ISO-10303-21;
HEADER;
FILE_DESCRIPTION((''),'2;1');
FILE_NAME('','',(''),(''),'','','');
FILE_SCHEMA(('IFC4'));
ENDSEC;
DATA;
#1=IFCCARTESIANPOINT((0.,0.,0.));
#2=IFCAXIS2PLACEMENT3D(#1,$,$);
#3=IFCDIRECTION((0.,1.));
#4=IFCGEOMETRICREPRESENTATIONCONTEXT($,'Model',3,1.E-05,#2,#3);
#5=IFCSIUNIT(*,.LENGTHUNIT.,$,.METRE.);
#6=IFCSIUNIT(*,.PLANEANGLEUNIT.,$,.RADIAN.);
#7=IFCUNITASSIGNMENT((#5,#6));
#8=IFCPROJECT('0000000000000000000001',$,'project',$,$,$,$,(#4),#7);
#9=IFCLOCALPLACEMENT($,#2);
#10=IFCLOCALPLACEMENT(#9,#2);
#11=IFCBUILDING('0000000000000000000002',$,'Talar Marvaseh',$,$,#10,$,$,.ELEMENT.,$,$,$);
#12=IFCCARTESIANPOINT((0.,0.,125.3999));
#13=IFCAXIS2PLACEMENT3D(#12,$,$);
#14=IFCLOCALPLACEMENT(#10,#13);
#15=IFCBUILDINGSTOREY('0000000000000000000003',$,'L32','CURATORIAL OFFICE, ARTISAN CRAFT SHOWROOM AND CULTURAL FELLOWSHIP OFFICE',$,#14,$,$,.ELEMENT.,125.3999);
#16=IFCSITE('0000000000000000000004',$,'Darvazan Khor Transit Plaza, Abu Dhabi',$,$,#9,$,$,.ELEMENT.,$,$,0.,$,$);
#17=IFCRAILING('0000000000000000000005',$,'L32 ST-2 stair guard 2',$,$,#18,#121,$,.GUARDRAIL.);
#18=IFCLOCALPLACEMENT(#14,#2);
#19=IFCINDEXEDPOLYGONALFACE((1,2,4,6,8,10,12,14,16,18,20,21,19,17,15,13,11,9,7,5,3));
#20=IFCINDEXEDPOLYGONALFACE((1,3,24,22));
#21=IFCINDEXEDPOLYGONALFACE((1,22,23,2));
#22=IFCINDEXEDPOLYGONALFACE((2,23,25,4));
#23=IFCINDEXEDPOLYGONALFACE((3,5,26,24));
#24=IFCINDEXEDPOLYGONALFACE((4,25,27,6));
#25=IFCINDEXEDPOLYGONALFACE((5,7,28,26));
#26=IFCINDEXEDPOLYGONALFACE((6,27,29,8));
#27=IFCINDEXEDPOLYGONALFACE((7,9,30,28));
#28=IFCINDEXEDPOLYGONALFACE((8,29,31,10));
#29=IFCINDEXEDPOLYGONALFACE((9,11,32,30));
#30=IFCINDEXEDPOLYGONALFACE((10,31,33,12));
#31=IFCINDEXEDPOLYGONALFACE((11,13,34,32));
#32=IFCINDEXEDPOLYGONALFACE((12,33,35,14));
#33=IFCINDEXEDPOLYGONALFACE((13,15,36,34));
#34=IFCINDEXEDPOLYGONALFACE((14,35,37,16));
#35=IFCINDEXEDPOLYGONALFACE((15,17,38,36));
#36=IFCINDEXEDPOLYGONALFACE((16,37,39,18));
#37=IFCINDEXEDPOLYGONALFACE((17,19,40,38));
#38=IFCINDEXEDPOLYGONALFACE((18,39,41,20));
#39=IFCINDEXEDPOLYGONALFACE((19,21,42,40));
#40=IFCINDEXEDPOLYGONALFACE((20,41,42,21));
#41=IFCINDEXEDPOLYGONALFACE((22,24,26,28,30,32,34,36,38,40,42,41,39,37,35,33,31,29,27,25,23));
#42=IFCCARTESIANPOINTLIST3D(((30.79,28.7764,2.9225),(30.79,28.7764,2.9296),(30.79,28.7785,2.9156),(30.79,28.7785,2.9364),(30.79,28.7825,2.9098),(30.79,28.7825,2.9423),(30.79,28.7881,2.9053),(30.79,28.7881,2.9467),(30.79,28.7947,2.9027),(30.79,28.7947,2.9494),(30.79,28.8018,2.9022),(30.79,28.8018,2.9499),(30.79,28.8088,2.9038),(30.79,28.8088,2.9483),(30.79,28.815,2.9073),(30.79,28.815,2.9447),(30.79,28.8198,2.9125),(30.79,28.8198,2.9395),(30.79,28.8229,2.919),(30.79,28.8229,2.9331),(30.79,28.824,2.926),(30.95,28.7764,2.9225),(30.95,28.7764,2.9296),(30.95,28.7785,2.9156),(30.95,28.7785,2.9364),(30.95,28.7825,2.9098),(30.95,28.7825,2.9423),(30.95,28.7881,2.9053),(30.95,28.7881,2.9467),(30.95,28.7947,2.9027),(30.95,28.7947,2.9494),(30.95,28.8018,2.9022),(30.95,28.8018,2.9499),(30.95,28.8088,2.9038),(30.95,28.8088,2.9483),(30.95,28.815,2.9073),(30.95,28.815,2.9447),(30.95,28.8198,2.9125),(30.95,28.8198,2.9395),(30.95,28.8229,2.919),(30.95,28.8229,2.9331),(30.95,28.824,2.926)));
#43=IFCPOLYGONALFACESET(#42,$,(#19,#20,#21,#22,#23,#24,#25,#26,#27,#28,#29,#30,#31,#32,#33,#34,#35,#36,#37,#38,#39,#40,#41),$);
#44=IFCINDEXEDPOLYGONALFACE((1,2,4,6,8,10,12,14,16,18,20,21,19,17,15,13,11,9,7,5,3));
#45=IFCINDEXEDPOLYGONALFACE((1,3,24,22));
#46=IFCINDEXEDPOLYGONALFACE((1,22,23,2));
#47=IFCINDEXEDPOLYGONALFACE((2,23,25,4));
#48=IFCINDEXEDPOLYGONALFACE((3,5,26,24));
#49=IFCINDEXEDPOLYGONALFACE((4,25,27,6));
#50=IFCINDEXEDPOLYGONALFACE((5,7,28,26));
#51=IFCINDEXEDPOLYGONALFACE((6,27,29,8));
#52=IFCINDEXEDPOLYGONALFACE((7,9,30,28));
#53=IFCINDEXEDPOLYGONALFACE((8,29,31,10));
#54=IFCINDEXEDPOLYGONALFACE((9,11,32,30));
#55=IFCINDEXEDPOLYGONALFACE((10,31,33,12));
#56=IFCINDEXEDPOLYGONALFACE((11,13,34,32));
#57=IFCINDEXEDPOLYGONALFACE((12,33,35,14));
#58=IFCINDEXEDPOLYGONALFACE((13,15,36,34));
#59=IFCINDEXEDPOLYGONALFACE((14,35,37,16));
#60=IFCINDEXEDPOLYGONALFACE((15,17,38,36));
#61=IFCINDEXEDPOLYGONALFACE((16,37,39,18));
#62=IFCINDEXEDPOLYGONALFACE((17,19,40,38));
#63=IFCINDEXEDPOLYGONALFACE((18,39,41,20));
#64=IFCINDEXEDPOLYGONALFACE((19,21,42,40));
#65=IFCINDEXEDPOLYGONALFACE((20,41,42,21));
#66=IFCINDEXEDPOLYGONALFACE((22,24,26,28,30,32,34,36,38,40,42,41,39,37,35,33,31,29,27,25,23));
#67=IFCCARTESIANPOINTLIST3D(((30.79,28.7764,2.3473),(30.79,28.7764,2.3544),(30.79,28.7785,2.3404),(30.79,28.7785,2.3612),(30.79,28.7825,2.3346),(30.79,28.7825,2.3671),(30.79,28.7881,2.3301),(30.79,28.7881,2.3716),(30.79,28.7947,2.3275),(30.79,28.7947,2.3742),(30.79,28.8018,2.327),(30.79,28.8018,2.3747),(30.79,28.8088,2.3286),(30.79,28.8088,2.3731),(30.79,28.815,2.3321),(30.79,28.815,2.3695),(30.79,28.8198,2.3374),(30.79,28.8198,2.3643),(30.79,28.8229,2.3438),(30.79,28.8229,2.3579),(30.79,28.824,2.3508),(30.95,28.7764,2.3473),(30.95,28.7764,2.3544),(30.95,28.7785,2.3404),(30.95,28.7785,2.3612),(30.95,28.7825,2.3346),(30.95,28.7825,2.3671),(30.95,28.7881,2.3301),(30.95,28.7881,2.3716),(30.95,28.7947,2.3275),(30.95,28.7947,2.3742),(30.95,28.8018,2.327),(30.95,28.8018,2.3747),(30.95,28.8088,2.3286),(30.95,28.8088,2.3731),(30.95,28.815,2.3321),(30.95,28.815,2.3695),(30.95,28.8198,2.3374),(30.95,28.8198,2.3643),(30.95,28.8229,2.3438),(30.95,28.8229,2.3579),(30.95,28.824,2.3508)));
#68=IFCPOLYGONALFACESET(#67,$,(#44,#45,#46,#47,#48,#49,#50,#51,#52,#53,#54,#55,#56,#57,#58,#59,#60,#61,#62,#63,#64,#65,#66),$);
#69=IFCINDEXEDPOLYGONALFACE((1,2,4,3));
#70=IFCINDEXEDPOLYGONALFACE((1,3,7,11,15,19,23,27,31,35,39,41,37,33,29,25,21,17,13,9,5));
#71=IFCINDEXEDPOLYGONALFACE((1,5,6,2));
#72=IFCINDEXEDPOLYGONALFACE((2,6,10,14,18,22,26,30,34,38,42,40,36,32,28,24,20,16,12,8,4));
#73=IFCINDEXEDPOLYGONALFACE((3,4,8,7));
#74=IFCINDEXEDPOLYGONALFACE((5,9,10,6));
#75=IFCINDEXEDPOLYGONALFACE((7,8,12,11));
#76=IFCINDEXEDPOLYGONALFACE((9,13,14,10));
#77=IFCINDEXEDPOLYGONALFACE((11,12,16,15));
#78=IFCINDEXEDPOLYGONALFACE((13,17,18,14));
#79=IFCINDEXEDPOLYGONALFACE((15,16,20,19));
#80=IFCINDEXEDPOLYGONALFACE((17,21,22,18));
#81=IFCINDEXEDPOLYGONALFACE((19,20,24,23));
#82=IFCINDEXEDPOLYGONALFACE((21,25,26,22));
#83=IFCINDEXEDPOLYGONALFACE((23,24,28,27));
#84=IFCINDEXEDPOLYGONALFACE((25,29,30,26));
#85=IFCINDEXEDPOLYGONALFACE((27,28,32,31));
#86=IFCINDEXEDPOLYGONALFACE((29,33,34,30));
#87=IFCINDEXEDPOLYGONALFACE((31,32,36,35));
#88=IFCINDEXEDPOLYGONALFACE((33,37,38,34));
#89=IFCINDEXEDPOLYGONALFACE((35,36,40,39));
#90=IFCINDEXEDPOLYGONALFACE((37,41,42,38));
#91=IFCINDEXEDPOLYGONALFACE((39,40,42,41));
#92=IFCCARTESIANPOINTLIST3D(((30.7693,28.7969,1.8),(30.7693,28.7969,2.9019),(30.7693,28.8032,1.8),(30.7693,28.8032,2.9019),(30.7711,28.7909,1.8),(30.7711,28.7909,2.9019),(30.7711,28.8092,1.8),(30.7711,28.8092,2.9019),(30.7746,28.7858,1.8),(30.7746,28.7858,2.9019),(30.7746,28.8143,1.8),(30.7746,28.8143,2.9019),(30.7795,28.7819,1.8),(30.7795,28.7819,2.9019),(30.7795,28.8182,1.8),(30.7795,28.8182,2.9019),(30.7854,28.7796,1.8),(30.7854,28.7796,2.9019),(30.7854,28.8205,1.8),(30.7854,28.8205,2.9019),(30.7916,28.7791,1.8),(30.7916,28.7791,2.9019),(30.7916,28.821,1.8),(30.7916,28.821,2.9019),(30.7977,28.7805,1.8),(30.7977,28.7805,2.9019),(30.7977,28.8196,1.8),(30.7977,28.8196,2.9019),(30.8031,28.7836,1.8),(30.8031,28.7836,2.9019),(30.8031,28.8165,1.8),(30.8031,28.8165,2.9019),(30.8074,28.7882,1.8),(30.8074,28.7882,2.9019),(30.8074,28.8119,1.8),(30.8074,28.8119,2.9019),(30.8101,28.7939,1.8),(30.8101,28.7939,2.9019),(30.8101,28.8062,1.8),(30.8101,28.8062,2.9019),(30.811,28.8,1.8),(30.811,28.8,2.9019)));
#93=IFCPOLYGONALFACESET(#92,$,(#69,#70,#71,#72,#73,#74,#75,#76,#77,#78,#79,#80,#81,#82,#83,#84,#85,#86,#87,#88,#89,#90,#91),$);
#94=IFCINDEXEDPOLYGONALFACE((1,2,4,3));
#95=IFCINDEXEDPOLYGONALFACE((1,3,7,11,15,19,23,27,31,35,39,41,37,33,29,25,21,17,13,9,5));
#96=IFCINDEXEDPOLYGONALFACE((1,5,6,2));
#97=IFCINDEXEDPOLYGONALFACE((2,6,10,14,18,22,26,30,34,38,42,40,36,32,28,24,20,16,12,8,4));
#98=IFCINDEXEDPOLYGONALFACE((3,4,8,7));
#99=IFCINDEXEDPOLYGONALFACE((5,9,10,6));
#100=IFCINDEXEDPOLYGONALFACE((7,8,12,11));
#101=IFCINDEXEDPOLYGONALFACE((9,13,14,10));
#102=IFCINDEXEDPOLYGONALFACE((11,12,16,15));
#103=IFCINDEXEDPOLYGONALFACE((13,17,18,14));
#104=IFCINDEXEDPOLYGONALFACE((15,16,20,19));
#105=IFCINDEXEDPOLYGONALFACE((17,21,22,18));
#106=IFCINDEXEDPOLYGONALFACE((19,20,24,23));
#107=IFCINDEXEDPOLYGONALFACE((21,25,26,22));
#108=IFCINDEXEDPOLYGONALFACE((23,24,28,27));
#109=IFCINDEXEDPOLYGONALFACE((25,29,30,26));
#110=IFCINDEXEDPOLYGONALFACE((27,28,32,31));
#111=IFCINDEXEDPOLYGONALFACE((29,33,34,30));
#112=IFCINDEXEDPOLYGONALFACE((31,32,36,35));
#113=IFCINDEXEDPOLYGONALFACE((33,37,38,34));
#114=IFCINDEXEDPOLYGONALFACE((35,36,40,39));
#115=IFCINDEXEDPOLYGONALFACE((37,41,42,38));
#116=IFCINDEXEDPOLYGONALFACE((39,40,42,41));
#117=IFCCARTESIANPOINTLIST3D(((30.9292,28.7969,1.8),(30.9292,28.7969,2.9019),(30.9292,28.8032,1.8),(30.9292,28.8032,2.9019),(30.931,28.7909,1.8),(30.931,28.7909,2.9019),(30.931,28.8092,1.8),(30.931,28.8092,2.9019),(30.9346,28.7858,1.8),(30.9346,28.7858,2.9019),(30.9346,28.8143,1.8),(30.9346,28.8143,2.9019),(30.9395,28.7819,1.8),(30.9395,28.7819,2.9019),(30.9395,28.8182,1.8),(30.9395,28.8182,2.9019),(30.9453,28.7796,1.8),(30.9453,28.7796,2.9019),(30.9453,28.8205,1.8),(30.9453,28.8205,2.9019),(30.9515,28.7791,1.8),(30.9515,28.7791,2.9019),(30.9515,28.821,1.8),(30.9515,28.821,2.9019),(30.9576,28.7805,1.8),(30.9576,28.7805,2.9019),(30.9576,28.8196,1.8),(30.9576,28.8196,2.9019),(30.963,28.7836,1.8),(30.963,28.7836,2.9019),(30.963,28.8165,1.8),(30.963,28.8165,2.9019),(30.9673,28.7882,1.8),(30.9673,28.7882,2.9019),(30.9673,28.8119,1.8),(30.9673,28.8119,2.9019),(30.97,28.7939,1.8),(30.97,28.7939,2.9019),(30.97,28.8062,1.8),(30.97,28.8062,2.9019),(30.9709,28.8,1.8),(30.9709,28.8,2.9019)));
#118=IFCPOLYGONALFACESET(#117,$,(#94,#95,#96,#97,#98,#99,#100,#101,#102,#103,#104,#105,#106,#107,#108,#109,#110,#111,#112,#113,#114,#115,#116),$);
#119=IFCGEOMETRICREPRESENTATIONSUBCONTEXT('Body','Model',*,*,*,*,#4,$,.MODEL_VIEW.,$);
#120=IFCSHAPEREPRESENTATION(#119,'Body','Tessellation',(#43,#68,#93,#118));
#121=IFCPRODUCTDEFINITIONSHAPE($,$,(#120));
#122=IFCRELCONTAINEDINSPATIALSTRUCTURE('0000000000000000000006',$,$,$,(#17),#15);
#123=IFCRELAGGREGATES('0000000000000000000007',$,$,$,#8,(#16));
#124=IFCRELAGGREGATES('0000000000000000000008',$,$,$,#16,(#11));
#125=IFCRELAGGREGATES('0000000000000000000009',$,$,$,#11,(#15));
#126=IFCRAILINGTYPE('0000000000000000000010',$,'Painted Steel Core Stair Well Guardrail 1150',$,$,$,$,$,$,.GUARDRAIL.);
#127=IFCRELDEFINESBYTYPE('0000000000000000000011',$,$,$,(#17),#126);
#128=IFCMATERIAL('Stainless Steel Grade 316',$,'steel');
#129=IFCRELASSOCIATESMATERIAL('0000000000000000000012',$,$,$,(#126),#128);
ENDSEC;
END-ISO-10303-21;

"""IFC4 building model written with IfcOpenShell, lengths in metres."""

from ifc_helpers import new_model, si_unit, direction, frame, origin, origin_2d, place, context, subcontext, project, spatial, circle, extrude, material, type_object, element, save


model = new_model("IFC4")

# Units and contexts
model_context = context("Model", 3, precision=1e-05, world=origin(), true_north=direction((0.0, 1.0)))
body_context = subcontext(model_context, "Body", "Model", "MODEL_VIEW")
ifc_project = project(units=[si_unit("LENGTHUNIT", "METRE"), si_unit("PLANEANGLEUNIT", "RADIAN")], contexts=[model_context])

# Site, building, storey
site_placement = place(None, origin())
site = spatial("IfcSite", under=ifc_project, at=site_placement, Name="Darvazan Khor Transit Plaza, Abu Dhabi", CompositionType="ELEMENT", RefElevation=0.0)
building_placement = place(site_placement, origin())
building = spatial("IfcBuilding", under=site, at=building_placement, Name="Talar Marvaseh", CompositionType="ELEMENT")
storey_placement = place(building_placement, frame((0.0, 0.0, 125.3999)))
storey = spatial("IfcBuildingStorey", under=building, at=storey_placement, Name="L32", Description="CURATORIAL OFFICE, ARTISAN CRAFT SHOWROOM AND CULTURAL FELLOWSHIP OFFICE", CompositionType="ELEMENT", Elevation=125.3999)

# Railing
ifc_material_1 = material(Name="Stainless Steel Grade 316", Category="steel")
railing_type_1 = type_object("IfcRailingType", Name="Painted Steel Core Stair Well Guardrail 1150", PredefinedType="GUARDRAIL", material=ifc_material_1)
railing_1_placement = place(storey_placement, frame((30.79, 28.8, 1.8)))
element("IfcRailing", 1, at=railing_1_placement, inside=storey, type_object=railing_type_1, Name="L32 ST-2 stair guard 2", PredefinedType="GUARDRAIL", context=body_context, shape_type="SweptSolid", body=[
    extrude(circle(Radius=0.0239, at=origin_2d()), frame((0.0, 0.0, 1.126), z_axis=(1.0, 0.0, 0.0), x_axis=(0.0, 1.0, 0.0)), (0.0, 0.0, 1.0), 0.1599),
    extrude(circle(Radius=0.0239, at=origin_2d()), frame((0.0, 0.0, 0.5508), z_axis=(1.0, 0.0, 0.0), x_axis=(0.0, 1.0, 0.0)), (0.0, 0.0, 1.0), 0.1599),
    extrude(circle(Radius=0.021, at=origin_2d()), origin(), (0.0, 0.0, 1.0), 1.1018),
    extrude(circle(Radius=0.021, at=origin_2d()), frame((0.1599, 0.0, 0.0)), (0.0, 0.0, 1.0), 1.1018),
])

save(model, "model.ifc")
